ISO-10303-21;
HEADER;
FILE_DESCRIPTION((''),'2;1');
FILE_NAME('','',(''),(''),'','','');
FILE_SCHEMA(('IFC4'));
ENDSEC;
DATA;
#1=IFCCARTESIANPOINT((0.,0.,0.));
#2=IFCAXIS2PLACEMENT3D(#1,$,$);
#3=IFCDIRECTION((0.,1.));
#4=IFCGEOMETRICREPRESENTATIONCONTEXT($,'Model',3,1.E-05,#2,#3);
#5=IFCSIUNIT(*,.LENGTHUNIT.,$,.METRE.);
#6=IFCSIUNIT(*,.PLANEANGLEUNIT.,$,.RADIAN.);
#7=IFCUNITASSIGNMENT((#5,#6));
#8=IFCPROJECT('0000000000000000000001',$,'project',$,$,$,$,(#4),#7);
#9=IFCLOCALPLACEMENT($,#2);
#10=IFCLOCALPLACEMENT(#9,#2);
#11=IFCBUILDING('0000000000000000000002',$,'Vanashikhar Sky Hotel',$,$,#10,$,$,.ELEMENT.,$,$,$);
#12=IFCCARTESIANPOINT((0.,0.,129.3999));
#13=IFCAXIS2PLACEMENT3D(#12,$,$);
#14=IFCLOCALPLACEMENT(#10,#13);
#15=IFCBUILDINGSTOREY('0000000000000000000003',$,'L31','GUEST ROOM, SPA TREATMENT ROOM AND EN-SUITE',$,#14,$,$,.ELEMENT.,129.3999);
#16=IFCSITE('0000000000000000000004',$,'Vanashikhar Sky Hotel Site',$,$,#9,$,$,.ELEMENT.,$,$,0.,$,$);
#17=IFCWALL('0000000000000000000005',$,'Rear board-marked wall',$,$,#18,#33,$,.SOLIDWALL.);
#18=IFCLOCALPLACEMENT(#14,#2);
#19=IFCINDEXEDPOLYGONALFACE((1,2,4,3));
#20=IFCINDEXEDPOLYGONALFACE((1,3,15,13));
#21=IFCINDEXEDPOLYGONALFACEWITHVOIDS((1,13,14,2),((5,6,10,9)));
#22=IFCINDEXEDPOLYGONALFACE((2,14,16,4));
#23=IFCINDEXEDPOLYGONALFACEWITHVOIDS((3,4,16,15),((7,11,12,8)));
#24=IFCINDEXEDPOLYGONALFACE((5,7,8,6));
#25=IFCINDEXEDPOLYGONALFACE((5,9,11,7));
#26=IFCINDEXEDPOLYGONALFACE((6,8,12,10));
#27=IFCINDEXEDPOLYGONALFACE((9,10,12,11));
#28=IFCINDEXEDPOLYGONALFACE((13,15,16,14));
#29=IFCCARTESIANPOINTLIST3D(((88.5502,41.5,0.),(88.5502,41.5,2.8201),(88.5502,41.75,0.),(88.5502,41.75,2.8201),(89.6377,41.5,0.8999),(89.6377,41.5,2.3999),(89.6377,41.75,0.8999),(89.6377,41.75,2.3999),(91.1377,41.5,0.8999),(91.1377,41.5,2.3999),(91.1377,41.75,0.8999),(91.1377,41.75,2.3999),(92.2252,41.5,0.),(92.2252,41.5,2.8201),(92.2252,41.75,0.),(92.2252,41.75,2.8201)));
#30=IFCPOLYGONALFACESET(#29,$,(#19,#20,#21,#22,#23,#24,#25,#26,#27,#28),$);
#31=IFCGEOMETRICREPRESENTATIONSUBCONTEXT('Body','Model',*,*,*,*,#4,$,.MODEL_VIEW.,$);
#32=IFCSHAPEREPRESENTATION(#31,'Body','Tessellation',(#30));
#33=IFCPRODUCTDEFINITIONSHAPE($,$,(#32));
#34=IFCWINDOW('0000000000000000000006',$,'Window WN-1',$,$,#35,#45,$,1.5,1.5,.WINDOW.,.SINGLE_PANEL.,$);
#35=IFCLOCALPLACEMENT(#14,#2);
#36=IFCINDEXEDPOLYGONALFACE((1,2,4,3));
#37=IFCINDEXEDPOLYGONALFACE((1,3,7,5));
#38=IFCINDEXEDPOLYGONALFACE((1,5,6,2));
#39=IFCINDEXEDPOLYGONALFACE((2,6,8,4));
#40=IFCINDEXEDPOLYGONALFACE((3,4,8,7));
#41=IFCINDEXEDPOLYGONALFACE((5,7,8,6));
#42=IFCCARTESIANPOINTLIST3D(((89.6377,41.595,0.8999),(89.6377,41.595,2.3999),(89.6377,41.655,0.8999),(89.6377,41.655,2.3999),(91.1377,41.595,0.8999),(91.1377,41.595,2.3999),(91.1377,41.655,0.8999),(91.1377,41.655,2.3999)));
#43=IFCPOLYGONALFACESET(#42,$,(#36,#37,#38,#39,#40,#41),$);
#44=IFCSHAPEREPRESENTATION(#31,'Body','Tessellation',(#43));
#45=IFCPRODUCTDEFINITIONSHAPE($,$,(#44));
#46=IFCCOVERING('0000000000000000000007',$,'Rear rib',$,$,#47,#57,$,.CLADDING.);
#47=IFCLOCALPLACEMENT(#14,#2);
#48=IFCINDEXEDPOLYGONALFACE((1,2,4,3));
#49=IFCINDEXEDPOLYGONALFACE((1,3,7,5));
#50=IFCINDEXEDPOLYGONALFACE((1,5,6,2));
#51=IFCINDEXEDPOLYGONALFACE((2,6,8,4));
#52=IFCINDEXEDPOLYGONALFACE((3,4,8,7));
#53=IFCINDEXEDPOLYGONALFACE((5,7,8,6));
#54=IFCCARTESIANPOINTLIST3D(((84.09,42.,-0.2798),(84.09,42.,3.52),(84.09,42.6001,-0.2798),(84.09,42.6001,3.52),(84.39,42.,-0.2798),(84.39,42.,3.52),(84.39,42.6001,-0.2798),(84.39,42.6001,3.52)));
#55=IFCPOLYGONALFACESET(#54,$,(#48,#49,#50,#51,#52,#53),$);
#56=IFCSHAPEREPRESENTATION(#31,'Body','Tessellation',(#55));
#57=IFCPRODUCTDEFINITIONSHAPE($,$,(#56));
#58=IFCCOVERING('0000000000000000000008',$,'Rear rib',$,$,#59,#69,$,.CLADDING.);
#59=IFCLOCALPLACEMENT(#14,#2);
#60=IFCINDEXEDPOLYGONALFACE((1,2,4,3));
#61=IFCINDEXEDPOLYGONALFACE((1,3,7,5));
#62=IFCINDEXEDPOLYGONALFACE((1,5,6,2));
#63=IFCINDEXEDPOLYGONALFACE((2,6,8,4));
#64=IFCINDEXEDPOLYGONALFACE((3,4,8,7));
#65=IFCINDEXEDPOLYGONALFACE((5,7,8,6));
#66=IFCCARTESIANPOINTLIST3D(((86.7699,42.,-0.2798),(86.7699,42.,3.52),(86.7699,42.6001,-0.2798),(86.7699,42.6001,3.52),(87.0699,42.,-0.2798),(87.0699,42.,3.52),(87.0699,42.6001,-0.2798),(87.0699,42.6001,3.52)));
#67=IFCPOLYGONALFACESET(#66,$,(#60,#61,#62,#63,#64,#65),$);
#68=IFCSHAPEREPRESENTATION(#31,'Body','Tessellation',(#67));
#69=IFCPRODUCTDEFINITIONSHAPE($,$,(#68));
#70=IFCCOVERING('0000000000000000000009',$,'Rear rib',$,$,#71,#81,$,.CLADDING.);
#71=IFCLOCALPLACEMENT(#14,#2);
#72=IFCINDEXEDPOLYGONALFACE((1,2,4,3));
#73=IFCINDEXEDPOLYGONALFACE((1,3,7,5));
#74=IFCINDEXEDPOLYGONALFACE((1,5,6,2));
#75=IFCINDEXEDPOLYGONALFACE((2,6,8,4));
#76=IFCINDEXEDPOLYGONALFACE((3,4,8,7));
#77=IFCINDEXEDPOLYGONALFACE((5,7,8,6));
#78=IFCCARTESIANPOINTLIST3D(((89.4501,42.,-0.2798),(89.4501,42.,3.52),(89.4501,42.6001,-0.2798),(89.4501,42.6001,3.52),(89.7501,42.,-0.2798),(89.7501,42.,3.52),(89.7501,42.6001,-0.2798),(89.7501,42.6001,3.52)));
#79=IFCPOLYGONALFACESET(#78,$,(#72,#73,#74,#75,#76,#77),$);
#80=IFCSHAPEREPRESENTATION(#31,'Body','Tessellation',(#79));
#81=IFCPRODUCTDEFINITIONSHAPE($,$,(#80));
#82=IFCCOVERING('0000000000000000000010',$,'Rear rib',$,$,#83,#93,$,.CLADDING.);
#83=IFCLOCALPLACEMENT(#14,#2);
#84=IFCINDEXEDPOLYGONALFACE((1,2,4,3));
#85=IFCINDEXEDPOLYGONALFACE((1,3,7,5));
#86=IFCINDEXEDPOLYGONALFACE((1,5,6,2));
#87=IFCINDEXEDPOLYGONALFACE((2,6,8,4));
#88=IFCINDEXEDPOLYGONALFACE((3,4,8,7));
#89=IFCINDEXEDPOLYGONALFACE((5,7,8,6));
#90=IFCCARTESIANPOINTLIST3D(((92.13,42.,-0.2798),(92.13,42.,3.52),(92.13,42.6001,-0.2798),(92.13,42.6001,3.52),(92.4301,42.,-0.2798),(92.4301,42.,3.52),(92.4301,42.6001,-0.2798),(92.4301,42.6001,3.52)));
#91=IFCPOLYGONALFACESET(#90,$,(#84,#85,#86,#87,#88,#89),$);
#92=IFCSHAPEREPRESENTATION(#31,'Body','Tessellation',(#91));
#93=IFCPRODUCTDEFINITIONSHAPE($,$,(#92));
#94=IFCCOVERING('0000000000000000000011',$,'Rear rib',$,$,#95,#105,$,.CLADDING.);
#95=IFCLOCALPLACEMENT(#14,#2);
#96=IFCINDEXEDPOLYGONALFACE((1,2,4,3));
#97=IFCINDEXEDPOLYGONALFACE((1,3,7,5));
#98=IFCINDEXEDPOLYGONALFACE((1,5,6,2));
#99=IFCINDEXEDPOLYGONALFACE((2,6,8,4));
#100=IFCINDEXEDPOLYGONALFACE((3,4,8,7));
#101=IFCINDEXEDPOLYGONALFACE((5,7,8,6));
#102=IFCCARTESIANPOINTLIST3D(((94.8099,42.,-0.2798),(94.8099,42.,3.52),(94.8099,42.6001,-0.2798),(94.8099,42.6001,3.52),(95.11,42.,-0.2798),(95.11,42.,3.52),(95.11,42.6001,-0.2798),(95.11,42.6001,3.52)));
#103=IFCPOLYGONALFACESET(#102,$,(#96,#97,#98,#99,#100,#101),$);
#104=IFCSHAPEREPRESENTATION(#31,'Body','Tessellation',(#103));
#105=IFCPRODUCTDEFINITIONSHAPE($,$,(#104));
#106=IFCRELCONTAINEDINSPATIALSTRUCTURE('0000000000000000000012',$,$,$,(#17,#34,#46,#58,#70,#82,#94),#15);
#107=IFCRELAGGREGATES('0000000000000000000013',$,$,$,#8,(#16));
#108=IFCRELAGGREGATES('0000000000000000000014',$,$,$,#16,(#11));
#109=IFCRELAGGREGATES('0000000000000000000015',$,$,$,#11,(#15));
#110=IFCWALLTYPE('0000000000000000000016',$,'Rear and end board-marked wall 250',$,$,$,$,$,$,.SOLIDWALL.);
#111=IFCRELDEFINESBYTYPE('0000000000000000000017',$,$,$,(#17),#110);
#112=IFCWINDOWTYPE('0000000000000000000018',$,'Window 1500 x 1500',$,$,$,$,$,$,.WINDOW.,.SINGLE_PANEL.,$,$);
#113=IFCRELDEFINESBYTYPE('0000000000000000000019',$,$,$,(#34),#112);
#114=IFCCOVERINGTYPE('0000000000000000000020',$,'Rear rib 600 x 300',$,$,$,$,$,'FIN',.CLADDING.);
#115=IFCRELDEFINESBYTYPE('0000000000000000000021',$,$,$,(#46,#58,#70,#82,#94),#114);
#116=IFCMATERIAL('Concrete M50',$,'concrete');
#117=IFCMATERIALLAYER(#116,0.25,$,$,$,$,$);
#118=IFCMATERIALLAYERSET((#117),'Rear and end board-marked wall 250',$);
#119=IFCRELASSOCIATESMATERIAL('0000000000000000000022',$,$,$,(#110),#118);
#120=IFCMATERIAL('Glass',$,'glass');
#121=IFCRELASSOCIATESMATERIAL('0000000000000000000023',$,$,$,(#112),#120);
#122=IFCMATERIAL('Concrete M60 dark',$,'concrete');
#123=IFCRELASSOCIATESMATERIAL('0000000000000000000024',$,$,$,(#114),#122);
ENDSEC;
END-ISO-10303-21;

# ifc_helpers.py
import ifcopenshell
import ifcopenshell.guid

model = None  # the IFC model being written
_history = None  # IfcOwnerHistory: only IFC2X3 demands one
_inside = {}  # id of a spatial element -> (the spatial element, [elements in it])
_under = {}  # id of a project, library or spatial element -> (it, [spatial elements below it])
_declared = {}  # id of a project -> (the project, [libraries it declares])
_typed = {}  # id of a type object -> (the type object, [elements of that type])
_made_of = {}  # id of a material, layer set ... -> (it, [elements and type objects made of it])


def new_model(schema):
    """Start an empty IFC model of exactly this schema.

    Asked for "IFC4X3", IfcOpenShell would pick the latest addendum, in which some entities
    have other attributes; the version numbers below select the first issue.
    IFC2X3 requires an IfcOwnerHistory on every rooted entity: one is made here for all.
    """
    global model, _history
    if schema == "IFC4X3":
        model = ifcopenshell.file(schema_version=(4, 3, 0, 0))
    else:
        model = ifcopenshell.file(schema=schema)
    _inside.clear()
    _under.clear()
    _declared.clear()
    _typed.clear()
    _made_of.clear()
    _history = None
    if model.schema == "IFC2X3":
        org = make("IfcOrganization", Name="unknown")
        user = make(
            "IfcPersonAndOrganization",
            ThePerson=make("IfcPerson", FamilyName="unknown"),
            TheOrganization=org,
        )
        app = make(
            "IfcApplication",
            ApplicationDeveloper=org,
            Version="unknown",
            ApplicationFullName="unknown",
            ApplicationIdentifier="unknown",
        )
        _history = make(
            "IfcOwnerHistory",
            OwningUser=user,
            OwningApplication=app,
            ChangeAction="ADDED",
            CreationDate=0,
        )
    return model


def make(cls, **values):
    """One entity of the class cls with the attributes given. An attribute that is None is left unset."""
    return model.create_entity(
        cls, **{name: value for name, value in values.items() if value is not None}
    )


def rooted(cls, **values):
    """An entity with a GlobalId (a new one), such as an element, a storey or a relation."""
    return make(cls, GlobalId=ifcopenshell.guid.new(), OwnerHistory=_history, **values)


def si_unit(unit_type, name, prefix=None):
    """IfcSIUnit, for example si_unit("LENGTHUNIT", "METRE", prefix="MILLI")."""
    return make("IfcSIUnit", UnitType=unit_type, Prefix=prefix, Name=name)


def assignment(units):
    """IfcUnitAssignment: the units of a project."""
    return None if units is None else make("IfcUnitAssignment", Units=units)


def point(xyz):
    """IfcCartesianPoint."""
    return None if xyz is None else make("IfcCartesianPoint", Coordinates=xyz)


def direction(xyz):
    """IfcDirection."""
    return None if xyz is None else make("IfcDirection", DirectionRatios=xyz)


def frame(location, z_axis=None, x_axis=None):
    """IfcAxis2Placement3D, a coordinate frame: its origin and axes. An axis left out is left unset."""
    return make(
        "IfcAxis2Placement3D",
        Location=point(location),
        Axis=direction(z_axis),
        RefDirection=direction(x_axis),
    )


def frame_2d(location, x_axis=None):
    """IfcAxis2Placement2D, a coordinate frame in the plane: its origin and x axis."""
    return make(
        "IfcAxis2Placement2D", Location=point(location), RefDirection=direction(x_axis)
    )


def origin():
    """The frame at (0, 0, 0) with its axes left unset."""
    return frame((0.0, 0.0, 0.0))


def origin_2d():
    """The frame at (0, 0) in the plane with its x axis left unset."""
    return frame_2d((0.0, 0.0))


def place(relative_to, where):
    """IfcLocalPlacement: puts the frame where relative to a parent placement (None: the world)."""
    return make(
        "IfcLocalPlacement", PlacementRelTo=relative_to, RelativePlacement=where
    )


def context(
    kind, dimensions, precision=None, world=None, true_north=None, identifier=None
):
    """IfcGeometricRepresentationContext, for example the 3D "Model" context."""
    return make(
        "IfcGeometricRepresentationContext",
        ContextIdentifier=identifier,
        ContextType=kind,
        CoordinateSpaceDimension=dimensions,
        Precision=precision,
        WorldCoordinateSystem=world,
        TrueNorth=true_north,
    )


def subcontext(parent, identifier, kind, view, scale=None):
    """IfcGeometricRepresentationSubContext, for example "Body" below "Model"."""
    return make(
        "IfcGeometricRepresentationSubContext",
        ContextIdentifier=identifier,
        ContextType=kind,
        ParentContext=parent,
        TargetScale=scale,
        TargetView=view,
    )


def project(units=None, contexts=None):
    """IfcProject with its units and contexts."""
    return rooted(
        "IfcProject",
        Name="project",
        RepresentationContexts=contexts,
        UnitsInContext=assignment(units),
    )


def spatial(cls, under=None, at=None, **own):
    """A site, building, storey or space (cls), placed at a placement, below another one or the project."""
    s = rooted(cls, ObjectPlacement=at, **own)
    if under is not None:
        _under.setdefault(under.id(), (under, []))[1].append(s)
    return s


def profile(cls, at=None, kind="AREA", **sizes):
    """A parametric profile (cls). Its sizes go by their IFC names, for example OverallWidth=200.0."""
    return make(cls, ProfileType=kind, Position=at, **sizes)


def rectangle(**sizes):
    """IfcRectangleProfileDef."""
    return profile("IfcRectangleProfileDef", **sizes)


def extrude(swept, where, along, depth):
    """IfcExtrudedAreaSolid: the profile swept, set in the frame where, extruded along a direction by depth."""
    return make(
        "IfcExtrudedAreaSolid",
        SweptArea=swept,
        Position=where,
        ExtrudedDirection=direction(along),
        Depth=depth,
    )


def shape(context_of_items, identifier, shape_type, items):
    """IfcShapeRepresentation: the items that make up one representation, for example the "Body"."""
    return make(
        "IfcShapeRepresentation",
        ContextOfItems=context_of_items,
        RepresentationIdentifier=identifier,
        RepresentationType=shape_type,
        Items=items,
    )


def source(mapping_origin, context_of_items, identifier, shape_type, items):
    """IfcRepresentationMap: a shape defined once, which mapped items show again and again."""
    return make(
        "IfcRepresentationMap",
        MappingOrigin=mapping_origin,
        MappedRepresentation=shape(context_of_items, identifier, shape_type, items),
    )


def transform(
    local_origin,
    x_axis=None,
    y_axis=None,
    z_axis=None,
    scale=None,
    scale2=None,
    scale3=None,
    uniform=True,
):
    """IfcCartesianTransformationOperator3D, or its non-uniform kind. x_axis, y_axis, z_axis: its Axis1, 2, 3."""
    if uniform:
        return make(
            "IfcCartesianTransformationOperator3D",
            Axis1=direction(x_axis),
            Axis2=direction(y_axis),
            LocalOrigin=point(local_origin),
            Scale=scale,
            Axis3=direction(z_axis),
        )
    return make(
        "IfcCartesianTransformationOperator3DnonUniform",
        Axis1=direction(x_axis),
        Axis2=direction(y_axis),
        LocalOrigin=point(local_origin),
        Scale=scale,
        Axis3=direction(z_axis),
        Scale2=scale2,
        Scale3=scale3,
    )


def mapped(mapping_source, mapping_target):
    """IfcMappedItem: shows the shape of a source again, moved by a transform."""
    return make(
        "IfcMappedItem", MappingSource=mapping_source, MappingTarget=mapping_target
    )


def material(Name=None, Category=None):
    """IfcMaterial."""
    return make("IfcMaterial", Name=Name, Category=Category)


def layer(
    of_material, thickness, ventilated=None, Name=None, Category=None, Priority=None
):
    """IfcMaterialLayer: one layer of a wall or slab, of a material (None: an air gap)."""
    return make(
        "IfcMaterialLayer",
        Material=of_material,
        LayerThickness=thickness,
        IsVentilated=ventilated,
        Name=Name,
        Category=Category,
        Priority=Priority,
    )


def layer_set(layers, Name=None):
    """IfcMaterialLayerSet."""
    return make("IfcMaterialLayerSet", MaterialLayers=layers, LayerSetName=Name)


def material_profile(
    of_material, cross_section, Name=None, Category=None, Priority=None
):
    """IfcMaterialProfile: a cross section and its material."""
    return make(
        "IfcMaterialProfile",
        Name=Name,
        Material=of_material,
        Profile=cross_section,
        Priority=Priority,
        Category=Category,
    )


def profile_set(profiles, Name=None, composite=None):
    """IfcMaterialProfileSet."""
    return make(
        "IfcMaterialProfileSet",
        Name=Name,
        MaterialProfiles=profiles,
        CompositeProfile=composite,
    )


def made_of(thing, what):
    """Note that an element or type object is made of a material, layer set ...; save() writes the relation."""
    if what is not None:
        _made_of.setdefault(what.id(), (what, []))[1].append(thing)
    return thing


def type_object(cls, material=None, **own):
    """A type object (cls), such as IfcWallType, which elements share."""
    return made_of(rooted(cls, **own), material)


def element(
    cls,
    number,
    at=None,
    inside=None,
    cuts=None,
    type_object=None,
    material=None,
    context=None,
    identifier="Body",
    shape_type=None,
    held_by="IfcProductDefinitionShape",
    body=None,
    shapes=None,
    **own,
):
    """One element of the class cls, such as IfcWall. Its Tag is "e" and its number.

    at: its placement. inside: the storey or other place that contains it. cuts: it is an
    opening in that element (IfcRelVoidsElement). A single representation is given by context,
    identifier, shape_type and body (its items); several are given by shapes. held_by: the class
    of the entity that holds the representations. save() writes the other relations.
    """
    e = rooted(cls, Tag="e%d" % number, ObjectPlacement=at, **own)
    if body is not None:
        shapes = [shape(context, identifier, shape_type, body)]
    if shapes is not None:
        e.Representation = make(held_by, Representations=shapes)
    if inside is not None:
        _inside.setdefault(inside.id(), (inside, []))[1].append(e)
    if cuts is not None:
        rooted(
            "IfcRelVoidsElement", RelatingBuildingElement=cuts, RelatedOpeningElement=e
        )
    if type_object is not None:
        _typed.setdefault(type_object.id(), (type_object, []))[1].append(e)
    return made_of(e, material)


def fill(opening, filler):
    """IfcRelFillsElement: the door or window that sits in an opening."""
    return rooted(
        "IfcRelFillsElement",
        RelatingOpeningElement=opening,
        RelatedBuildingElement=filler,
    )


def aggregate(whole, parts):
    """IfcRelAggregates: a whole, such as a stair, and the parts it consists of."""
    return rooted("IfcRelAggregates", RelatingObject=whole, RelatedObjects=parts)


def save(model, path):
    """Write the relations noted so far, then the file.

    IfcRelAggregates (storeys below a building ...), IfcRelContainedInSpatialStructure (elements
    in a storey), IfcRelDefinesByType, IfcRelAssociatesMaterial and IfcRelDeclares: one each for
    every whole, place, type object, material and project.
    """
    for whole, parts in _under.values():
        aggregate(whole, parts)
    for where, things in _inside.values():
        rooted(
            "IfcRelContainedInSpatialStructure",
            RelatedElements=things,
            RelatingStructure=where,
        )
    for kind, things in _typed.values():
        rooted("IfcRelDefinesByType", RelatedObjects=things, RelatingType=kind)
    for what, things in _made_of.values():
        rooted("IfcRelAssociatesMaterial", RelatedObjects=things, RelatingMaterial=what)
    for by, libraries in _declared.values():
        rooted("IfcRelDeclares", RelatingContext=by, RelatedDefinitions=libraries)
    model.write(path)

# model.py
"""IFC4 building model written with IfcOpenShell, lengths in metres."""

from ifc_helpers import new_model, si_unit, direction, frame, frame_2d, origin, origin_2d, place, context, subcontext, project, spatial, rectangle, extrude, source, transform, mapped, material, layer, layer_set, material_profile, profile_set, type_object, element, fill, save


model = new_model("IFC4")

# Units and contexts
model_context = context("Model", 3, precision=1e-05, world=origin(), true_north=direction((0.0, 1.0)))
body_context = subcontext(model_context, "Body", "Model", "MODEL_VIEW")
ifc_project = project(units=[si_unit("LENGTHUNIT", "METRE"), si_unit("PLANEANGLEUNIT", "RADIAN")], contexts=[model_context])

# Site, building, storey
site_placement = place(None, origin())
site = spatial("IfcSite", under=ifc_project, at=site_placement, Name="Vanashikhar Sky Hotel Site", CompositionType="ELEMENT", RefElevation=0.0)
building_placement = place(site_placement, origin())
building = spatial("IfcBuilding", under=site, at=building_placement, Name="Vanashikhar Sky Hotel", CompositionType="ELEMENT")
storey_placement = place(building_placement, frame((0.0, 0.0, 129.3999)))
storey = spatial("IfcBuildingStorey", under=building, at=storey_placement, Name="L31", Description="GUEST ROOM, SPA TREATMENT ROOM AND EN-SUITE", CompositionType="ELEMENT", Elevation=129.3999)

# Shared definitions
ifc_material_1 = material(Name="Concrete M50", Category="concrete")

# Wall, opening, window
ifc_material_2 = material(Name="Glass", Category="glass")
ifc_layer_1 = layer(ifc_material_1, 0.25)
ifc_layer_set_1 = layer_set([ifc_layer_1], Name="Rear and end board-marked wall 250")
wall_type_1 = type_object("IfcWallType", Name="Rear and end board-marked wall 250", PredefinedType="SOLIDWALL", material=ifc_layer_set_1)
shared_shape_1 = source(origin(), body_context, "Body", "SweptSolid", [
    extrude(rectangle(XDim=1.5, YDim=1.5, at=frame_2d((0.75, 0.75))), frame((0.0, 0.135, 0.0), z_axis=(0.0, -1.0, 0.0), x_axis=(1.0, 0.0, 0.0)), (0.0, 0.0, 1.0), 0.27),
])
window_type_1 = type_object("IfcWindowType", Name="Window 1500 x 1500", PartitioningType="SINGLE_PANEL", PredefinedType="WINDOW", material=ifc_material_2)
shared_shape_2 = source(origin(), body_context, "Body", "SweptSolid", [
    extrude(rectangle(XDim=1.5, YDim=1.5, at=frame_2d((0.75, 0.75))), frame((0.0, 0.03, 0.0), z_axis=(0.0, -1.0, 0.0), x_axis=(1.0, 0.0, 0.0)), (0.0, 0.0, 1.0), 0.0601),
])
shared_shape_3 = source(origin(), body_context, "Body", "SweptSolid", [
    extrude(rectangle(XDim=3.675, YDim=0.25, at=frame_2d((1.8374, 0.0))), origin(), (0.0, 0.0, 1.0), 2.8201),
])
wall_1_placement = place(storey_placement, frame((92.2251, 41.625, 0.0), z_axis=(0.0, 0.0, 1.0), x_axis=(-1.0, 0.0, 0.0)))
wall_1 = element("IfcWall", 1, at=wall_1_placement, inside=storey, type_object=wall_type_1, Name="Rear board-marked wall", PredefinedType="SOLIDWALL", context=body_context, shape_type="MappedRepresentation", body=[
    mapped(shared_shape_3, transform((0.0, 0.0, 0.0), scale=1.0)),
])
opening_1_placement = place(wall_1_placement, frame((1.0874, 0.0, 0.8999)))
opening_1 = element("IfcOpeningElement", 2, at=opening_1_placement, cuts=wall_1, PredefinedType="OPENING", context=body_context, shape_type="MappedRepresentation", body=[
    mapped(shared_shape_1, transform((0.0, 0.0, 0.0), scale=1.0)),
])
window_1_placement = place(opening_1_placement, origin())
window_1 = element("IfcWindow", 3, at=window_1_placement, inside=storey, type_object=window_type_1, Name="Window WN-1", OverallHeight=1.5, OverallWidth=1.5, PartitioningType="SINGLE_PANEL", PredefinedType="WINDOW", context=body_context, shape_type="MappedRepresentation", body=[
    mapped(shared_shape_2, transform((0.0, 0.0, 0.0), scale=1.0)),
])
fill(opening_1, window_1)

# Coverings
ifc_material_3 = material(Name="Concrete M60 dark", Category="concrete")
ifc_material_profile_1 = material_profile(ifc_material_3, rectangle(XDim=0.6001, YDim=0.3, at=origin_2d()))
ifc_profile_set_1 = profile_set([ifc_material_profile_1], Name="Rear rib 600 x 300")
covering_type = type_object("IfcCoveringType", Name="Rear rib 600 x 300", ElementType="FIN", PredefinedType="CLADDING", material=ifc_profile_set_1)
shared_shape_4 = source(origin(), body_context, "Body", "SweptSolid", [
    extrude(rectangle(XDim=0.6001, YDim=0.3, at=origin_2d()), origin(), (0.0, 0.0, 1.0), 3.7998),
])
for number, where, z_axis, x_axis, name in (
    (4, (84.24, 42.3, -0.2798), (0.0, 0.0, 1.0), (0.0, 1.0, 0.0), "Rear rib"),
    (5, (86.9199, 42.3, -0.2798), (0.0, 0.0, 1.0), (0.0, 1.0, 0.0), "Rear rib"),
    (6, (89.6001, 42.3, -0.2798), (0.0, 0.0, 1.0), (0.0, 1.0, 0.0), "Rear rib"),
    (7, (92.28, 42.3, -0.2798), (0.0, 0.0, 1.0), (0.0, 1.0, 0.0), "Rear rib"),
    (8, (94.96, 42.3, -0.2798), (0.0, 0.0, 1.0), (0.0, 1.0, 0.0), "Rear rib"),
):
    element("IfcCovering", number, at=place(storey_placement, frame(where, z_axis=z_axis, x_axis=x_axis)), inside=storey, type_object=covering_type, Name=name, PredefinedType="CLADDING", context=body_context, shape_type="MappedRepresentation", body=[
        mapped(shared_shape_4, transform((0.0, 0.0, 0.0), scale=1.0)),
    ])

save(model, "model.ifc")
